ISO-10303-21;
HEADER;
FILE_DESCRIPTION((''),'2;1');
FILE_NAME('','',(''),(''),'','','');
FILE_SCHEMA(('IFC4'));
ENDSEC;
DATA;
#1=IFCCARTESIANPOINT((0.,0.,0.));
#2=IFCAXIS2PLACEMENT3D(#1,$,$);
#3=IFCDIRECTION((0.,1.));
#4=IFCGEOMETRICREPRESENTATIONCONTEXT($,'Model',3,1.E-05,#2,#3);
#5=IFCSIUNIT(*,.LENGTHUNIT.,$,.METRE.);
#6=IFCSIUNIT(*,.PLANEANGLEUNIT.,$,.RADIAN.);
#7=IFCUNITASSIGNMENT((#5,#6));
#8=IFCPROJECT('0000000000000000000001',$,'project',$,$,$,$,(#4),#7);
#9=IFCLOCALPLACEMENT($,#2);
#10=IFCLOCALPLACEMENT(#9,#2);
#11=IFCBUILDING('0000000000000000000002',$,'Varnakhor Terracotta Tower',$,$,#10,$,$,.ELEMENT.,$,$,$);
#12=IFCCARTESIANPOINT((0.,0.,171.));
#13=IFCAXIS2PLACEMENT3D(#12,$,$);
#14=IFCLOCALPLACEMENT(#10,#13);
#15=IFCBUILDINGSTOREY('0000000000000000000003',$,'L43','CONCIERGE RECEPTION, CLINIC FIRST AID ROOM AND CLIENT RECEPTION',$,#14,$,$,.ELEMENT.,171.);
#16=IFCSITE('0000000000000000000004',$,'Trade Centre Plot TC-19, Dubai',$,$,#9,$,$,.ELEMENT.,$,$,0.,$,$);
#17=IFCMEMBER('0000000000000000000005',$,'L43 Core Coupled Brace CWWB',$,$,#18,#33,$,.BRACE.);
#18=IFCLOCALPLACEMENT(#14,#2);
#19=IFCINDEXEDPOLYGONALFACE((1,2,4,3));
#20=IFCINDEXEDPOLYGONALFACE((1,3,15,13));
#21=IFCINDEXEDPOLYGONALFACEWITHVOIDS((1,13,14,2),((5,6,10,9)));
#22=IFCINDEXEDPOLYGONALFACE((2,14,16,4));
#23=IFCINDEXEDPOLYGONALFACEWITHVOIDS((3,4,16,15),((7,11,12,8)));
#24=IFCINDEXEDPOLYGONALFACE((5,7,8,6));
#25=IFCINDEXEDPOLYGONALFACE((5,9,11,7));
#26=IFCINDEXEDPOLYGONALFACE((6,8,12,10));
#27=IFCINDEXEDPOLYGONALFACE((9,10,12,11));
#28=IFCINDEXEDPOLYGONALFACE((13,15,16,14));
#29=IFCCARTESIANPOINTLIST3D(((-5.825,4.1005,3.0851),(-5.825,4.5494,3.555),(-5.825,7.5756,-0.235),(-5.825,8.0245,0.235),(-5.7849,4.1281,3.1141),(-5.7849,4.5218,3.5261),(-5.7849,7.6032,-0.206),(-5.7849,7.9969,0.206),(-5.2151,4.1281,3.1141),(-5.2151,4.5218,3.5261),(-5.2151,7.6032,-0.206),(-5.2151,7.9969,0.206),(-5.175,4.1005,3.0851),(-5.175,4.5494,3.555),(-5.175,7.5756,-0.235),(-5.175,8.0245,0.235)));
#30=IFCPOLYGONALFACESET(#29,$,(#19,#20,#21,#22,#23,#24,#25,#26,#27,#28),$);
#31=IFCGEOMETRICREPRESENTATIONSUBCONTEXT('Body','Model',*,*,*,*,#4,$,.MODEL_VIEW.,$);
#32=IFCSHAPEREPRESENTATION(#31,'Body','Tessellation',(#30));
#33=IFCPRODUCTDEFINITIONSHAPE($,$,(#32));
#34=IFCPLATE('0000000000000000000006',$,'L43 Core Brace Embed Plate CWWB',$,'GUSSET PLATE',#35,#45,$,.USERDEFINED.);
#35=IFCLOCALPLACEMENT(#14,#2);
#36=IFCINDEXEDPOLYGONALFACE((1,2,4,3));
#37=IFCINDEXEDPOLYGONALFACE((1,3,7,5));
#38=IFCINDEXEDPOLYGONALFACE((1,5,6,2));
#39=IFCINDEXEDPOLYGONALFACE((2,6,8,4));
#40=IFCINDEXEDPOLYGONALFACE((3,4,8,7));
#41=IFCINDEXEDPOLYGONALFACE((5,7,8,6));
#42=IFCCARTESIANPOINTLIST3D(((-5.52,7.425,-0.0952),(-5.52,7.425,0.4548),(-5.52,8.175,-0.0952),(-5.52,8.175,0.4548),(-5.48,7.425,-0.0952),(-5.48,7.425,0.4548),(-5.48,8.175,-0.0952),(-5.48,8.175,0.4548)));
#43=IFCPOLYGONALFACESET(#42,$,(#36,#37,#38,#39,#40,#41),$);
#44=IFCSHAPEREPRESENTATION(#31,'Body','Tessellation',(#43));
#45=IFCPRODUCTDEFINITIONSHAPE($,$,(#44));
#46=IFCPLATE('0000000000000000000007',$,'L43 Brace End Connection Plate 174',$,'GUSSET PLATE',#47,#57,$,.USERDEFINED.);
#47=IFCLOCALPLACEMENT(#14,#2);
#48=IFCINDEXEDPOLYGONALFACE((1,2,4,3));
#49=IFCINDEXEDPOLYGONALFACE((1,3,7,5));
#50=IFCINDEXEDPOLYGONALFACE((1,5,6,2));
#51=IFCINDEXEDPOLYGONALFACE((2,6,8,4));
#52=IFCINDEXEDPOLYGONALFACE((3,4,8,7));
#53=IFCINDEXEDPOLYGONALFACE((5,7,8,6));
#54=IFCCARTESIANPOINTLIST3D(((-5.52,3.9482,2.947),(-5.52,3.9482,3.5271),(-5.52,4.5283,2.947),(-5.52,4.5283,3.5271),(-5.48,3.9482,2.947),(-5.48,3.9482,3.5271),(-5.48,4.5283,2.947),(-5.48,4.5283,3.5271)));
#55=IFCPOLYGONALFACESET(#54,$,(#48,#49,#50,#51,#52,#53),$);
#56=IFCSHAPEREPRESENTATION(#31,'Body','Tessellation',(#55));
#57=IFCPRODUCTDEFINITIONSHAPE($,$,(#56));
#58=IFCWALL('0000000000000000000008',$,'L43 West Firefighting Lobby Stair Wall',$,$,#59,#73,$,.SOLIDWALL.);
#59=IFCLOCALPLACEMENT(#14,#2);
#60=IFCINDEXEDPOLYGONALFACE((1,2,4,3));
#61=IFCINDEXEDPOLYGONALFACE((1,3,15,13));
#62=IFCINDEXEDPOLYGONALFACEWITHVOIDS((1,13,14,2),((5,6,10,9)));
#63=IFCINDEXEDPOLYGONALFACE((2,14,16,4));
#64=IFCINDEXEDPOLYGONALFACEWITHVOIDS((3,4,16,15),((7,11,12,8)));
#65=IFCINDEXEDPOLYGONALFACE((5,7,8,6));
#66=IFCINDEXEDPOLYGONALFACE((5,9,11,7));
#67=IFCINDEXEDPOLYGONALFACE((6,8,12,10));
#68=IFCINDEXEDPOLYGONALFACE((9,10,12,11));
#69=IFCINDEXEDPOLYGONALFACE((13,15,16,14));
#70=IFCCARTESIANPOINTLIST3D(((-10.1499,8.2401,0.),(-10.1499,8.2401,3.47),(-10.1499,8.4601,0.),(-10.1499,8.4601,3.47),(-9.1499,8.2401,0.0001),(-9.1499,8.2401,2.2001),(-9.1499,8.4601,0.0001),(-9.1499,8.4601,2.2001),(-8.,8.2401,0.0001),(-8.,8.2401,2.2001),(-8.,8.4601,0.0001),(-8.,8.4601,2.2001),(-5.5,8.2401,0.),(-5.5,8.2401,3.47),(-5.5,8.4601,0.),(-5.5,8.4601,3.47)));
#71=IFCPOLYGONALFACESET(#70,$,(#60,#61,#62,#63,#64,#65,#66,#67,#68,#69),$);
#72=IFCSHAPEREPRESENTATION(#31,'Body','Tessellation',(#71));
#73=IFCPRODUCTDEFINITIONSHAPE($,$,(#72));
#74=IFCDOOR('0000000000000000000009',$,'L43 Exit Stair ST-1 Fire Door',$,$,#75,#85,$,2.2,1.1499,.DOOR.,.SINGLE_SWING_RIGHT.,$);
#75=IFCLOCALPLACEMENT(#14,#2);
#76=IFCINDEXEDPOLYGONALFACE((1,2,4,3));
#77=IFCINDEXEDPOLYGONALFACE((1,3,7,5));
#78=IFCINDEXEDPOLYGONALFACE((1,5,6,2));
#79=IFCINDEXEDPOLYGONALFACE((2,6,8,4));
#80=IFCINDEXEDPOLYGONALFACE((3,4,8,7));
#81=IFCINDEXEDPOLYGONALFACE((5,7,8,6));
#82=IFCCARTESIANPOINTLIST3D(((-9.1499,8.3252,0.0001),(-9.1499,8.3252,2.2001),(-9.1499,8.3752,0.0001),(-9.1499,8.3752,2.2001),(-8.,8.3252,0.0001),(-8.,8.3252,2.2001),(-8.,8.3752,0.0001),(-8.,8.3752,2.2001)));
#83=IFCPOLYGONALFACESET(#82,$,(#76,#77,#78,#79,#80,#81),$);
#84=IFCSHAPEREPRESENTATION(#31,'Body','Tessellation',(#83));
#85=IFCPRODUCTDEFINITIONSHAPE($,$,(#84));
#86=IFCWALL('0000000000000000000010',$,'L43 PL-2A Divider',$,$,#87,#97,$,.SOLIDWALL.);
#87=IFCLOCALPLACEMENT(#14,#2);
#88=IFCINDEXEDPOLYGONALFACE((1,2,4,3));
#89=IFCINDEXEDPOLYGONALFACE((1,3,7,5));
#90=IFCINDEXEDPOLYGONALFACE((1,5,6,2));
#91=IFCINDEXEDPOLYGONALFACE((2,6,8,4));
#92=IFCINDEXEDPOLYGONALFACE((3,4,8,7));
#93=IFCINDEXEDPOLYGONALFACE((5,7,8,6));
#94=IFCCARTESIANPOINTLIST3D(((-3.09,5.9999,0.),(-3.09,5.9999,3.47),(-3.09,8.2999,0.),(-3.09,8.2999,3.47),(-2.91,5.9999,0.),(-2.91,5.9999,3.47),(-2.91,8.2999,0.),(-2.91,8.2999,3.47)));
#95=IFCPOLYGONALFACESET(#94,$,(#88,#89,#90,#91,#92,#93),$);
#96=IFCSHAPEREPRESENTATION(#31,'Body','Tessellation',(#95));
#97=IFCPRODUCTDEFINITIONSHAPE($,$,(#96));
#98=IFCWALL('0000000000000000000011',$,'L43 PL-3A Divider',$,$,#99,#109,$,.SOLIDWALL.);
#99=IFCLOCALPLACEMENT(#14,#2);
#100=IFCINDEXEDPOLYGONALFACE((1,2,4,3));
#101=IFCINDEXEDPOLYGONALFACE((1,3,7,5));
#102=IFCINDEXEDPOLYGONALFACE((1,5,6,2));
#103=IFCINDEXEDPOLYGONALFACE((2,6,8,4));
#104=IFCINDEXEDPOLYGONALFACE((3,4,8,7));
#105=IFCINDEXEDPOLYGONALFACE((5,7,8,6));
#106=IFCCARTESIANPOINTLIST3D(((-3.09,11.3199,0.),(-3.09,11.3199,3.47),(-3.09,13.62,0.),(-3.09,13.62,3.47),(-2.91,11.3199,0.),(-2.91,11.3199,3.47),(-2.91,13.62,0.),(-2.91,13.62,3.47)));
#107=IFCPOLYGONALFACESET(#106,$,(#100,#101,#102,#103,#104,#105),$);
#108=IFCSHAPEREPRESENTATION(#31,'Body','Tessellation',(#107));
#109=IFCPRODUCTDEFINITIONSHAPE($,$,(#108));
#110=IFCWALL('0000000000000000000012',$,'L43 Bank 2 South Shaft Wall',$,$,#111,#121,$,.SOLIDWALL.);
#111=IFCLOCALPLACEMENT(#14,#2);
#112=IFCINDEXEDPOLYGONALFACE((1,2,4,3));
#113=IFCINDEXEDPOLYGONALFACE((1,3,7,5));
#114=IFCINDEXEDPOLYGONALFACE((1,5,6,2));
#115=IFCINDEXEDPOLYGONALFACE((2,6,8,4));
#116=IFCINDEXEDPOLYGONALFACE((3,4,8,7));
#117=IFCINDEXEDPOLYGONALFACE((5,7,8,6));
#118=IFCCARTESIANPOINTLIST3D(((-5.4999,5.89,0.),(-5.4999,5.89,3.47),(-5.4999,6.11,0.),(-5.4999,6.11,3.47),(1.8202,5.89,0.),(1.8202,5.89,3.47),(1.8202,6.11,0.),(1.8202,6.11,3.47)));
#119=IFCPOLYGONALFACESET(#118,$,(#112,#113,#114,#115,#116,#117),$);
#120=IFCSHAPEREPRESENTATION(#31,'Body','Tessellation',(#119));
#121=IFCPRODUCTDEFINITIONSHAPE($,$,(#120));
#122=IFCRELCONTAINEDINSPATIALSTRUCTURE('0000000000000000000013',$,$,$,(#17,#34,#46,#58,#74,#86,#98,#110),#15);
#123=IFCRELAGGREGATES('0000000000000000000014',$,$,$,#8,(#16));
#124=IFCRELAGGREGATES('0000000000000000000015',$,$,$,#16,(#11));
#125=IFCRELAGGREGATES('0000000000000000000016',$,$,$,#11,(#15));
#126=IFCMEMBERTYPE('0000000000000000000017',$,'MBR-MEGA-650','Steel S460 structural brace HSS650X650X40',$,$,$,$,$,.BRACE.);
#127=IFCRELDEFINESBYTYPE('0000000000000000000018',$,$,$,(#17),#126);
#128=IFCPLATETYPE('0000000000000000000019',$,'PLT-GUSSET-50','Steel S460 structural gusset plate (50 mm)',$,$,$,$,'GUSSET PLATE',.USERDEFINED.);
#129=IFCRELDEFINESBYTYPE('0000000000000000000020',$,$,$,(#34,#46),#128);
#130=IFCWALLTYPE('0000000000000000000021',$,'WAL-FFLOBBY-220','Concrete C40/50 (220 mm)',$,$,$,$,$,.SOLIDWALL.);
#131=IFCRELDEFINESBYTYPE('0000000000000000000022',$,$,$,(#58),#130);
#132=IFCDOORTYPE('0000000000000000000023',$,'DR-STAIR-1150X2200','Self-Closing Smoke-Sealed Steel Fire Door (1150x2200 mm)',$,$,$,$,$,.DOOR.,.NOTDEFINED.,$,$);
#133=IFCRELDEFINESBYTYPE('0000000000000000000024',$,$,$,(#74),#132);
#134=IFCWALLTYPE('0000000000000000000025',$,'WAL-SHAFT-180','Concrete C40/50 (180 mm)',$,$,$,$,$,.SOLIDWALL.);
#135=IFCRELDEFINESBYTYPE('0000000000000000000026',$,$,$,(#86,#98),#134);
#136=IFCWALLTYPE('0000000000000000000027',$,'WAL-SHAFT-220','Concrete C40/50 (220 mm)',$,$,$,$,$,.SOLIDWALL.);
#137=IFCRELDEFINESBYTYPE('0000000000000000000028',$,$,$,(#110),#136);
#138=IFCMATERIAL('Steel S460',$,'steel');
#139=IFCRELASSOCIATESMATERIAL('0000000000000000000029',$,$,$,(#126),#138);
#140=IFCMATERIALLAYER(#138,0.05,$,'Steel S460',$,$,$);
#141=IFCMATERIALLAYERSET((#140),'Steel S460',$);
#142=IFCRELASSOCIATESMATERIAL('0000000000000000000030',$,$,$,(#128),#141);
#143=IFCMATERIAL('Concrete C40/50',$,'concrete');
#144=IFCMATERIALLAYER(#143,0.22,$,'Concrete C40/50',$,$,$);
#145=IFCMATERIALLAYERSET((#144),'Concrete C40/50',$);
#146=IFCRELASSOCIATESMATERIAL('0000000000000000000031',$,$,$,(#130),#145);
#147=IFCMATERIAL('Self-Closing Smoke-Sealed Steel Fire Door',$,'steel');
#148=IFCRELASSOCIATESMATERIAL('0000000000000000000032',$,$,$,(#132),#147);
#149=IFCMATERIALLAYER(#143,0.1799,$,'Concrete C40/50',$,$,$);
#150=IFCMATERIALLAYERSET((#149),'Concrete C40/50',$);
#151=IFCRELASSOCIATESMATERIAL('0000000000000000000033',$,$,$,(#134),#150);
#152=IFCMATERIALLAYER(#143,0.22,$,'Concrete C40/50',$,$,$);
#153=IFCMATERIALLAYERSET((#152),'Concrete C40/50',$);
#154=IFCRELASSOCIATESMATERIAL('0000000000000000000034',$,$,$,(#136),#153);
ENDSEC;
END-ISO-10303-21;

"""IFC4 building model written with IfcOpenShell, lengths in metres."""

from ifc_helpers import new_model, si_unit, direction, frame, frame_2d, origin, origin_2d, place, context, subcontext, project, spatial, rectangle, hollow_rectangle, extrude, source, transform, mapped, material, layer, layer_set, material_profile, profile_set, type_object, type_shapes, element, fill, save


model = new_model("IFC4")

# Units and contexts
model_context = context("Model", 3, precision=1e-05, world=origin(), true_north=direction((0.0, 1.0)))
body_context = subcontext(model_context, "Body", "Model", "MODEL_VIEW")
ifc_project = project(units=[si_unit("LENGTHUNIT", "METRE"), si_unit("PLANEANGLEUNIT", "RADIAN")], contexts=[model_context])

# Site, building, storey
site_placement = place(None, origin())
site = spatial("IfcSite", under=ifc_project, at=site_placement, Name="Trade Centre Plot TC-19, Dubai", CompositionType="ELEMENT", RefElevation=0.0)
building_placement = place(site_placement, origin())
building = spatial("IfcBuilding", under=site, at=building_placement, Name="Varnakhor Terracotta Tower", CompositionType="ELEMENT")
storey_placement = place(building_placement, frame((0.0, 0.0, 171.0)))
storey = spatial("IfcBuildingStorey", under=building, at=storey_placement, Name="L43", Description="CONCIERGE RECEPTION, CLINIC FIRST AID ROOM AND CLIENT RECEPTION", CompositionType="ELEMENT", Elevation=171.0)

# Member
ifc_material_1 = material(Name="Steel S460", Category="steel")
ifc_material_profile = material_profile(ifc_material_1, hollow_rectangle(XDim=0.6499, YDim=0.6499, WallThickness=0.04, at=origin_2d()), Name="HSS650X650X40")
ifc_profile_set = profile_set([ifc_material_profile], Name="Steel S460")
member_type = type_object("IfcMemberType", Name="MBR-MEGA-650", Description="Steel S460 structural brace HSS650X650X40", PredefinedType="BRACE", material=ifc_profile_set)
shared_shape_1 = source(origin(), body_context, "Body", "SweptSolid", [
    extrude(hollow_rectangle(XDim=0.6499, YDim=0.6499, WallThickness=0.04, at=origin_2d()), origin(), (0.0, 0.0, 1.0), 4.8062),
])
member_placement = place(storey_placement, frame((-5.5, 7.8, 0.0), z_axis=(0.0, -0.723051, 0.690795), x_axis=(1.0, 0.0, 0.0)))
element("IfcMember", 1, at=member_placement, inside=storey, type_object=member_type, Name="L43 Core Coupled Brace CWWB", PredefinedType="BRACE", context=body_context, shape_type="MappedRepresentation", body=[
    mapped(shared_shape_1, transform((0.0, 0.0, 0.0), scale=1.0)),
])

# Plates
ifc_layer_1 = layer(ifc_material_1, 0.05, Name="Steel S460")
ifc_layer_set_1 = layer_set([ifc_layer_1], Name="Steel S460")
plate_type = type_object("IfcPlateType", Name="PLT-GUSSET-50", Description="Steel S460 structural gusset plate (50 mm)", ElementType="GUSSET PLATE", PredefinedType="USERDEFINED", material=ifc_layer_set_1)
shared_shape_2 = source(origin(), body_context, "Body", "SweptSolid", [
    extrude(rectangle(XDim=0.75, YDim=0.04, at=origin_2d()), origin(), (0.0, 0.0, 1.0), 0.55),
])
type_shapes(plate_type, [shared_shape_2])
plate_1_placement = place(storey_placement, frame((-5.5, 7.8, -0.0952), z_axis=(0.0, 0.0, 1.0), x_axis=(0.0, 1.0, 0.0)))
element("IfcPlate", 2, at=plate_1_placement, inside=storey, type_object=plate_type, Name="L43 Core Brace Embed Plate CWWB", ObjectType="GUSSET PLATE", PredefinedType="USERDEFINED", context=body_context, shape_type="MappedRepresentation", body=[
    mapped(shared_shape_2, transform((0.0, 0.0, 0.0), scale=1.0)),
])
shared_shape_3 = source(origin(), body_context, "Body", "SweptSolid", [
    extrude(rectangle(XDim=0.5801, YDim=0.04, at=origin_2d()), origin(), (0.0, 0.0, 1.0), 0.5801),
])
plate_2_placement = place(storey_placement, frame((-5.5, 4.2383, 2.947), z_axis=(0.0, 0.0, 1.0), x_axis=(0.0, 1.0, 0.0)))
element("IfcPlate", 3, at=plate_2_placement, inside=storey, type_object=plate_type, Name="L43 Brace End Connection Plate 174", ObjectType="GUSSET PLATE", PredefinedType="USERDEFINED", context=body_context, shape_type="MappedRepresentation", body=[
    mapped(shared_shape_3, transform((0.0, 0.0, 0.0), scale=1.0)),
])

# Wall, opening, door
ifc_material_2 = material(Name="Concrete C40/50", Category="concrete")
ifc_layer_2 = layer(ifc_material_2, 0.22, Name="Concrete C40/50")
ifc_layer_set_2 = layer_set([ifc_layer_2], Name="Concrete C40/50")
wall_type_1 = type_object("IfcWallType", Name="WAL-FFLOBBY-220", Description="Concrete C40/50 (220 mm)", PredefinedType="SOLIDWALL", material=ifc_layer_set_2)
wall_1_placement = place(storey_placement, frame((-5.5, 8.3501, 0.0), z_axis=(0.0, 0.0, 1.0), x_axis=(-1.0, 0.0, 0.0)))
wall_1 = element("IfcWall", 4, at=wall_1_placement, inside=storey, type_object=wall_type_1, Name="L43 West Firefighting Lobby Stair Wall", PredefinedType="SOLIDWALL", context=body_context, shape_type="SweptSolid", body=[
    extrude(rectangle(XDim=4.6499, YDim=0.22, at=frame_2d((2.325, 0.0))), origin(), (0.0, 0.0, 1.0), 3.47),
])
opening_1_placement = place(wall_1_placement, frame((2.5, 0.0, 0.0)))
opening_1 = element("IfcOpeningElement", 5, at=opening_1_placement, cuts=wall_1, PredefinedType="OPENING", context=body_context, shape_type="SweptSolid", body=[
    extrude(rectangle(XDim=1.1499, YDim=2.2, at=frame_2d((0.575, 1.1001))), frame((0.0, 0.1201, 0.0), z_axis=(0.0, -1.0, 0.0), x_axis=(1.0, 0.0, 0.0)), (0.0, 0.0, 1.0), 0.24),
])
ifc_material_3 = material(Name="Self-Closing Smoke-Sealed Steel Fire Door", Category="steel")
door_type_1 = type_object("IfcDoorType", Name="DR-STAIR-1150X2200", Description="Self-Closing Smoke-Sealed Steel Fire Door (1150x2200 mm)", OperationType="NOTDEFINED", PredefinedType="DOOR", material=ifc_material_3)
shared_shape_4 = source(origin(), body_context, "Body", "SweptSolid", [
    extrude(rectangle(XDim=1.1499, YDim=2.2, at=frame_2d((0.575, 1.1001))), frame((0.0, 0.0249, 0.0), z_axis=(0.0, -1.0, 0.0), x_axis=(1.0, 0.0, 0.0)), (0.0, 0.0, 1.0), 0.05),
])
type_shapes(door_type_1, [shared_shape_4])
door_1_placement = place(opening_1_placement, origin())
door_1 = element("IfcDoor", 6, at=door_1_placement, inside=storey, type_object=door_type_1, Name="L43 Exit Stair ST-1 Fire Door", OperationType="SINGLE_SWING_RIGHT", OverallHeight=2.2, OverallWidth=1.1499, PredefinedType="DOOR", context=body_context, shape_type="MappedRepresentation", body=[
    mapped(shared_shape_4, transform((0.0, 0.0, 0.0), scale=1.0)),
])
fill(opening_1, door_1)

# Walls
ifc_layer_3 = layer(ifc_material_2, 0.1799, Name="Concrete C40/50")
ifc_layer_set_3 = layer_set([ifc_layer_3], Name="Concrete C40/50")
wall_type_2 = type_object("IfcWallType", Name="WAL-SHAFT-180", Description="Concrete C40/50 (180 mm)", PredefinedType="SOLIDWALL", material=ifc_layer_set_3)
for number, where, z_axis, x_axis, name in (
    (7, (-3.0, 6.0, 0.0), (0.0, 0.0, 1.0), (0.0, 1.0, 0.0), "L43 PL-2A Divider"),
    (8, (-3.0, 11.3201, 0.0), (0.0, 0.0, 1.0), (0.0, 1.0, 0.0), "L43 PL-3A Divider"),
):
    element("IfcWall", number, at=place(storey_placement, frame(where, z_axis=z_axis, x_axis=x_axis)), inside=storey, type_object=wall_type_2, Name=name, PredefinedType="SOLIDWALL", context=body_context, shape_type="SweptSolid", body=[
        extrude(rectangle(XDim=2.3, YDim=0.1799, at=frame_2d((1.1499, 0.0))), origin(), (0.0, 0.0, 1.0), 3.47),
    ])
ifc_layer_4 = layer(ifc_material_2, 0.22, Name="Concrete C40/50")
ifc_layer_set_4 = layer_set([ifc_layer_4], Name="Concrete C40/50")
wall_type_3 = type_object("IfcWallType", Name="WAL-SHAFT-220", Description="Concrete C40/50 (220 mm)", PredefinedType="SOLIDWALL", material=ifc_layer_set_4)
wall_2_placement = place(storey_placement, frame((-5.5, 6.0, 0.0), z_axis=(0.0, 0.0, 1.0), x_axis=(1.0, 0.0, 0.0)))
element("IfcWall", 9, at=wall_2_placement, inside=storey, type_object=wall_type_3, Name="L43 Bank 2 South Shaft Wall", PredefinedType="SOLIDWALL", context=body_context, shape_type="SweptSolid", body=[
    extrude(rectangle(XDim=7.3201, YDim=0.22, at=frame_2d((3.6602, 0.0))), origin(), (0.0, 0.0, 1.0), 3.47),
])

save(model, "model.ifc")
